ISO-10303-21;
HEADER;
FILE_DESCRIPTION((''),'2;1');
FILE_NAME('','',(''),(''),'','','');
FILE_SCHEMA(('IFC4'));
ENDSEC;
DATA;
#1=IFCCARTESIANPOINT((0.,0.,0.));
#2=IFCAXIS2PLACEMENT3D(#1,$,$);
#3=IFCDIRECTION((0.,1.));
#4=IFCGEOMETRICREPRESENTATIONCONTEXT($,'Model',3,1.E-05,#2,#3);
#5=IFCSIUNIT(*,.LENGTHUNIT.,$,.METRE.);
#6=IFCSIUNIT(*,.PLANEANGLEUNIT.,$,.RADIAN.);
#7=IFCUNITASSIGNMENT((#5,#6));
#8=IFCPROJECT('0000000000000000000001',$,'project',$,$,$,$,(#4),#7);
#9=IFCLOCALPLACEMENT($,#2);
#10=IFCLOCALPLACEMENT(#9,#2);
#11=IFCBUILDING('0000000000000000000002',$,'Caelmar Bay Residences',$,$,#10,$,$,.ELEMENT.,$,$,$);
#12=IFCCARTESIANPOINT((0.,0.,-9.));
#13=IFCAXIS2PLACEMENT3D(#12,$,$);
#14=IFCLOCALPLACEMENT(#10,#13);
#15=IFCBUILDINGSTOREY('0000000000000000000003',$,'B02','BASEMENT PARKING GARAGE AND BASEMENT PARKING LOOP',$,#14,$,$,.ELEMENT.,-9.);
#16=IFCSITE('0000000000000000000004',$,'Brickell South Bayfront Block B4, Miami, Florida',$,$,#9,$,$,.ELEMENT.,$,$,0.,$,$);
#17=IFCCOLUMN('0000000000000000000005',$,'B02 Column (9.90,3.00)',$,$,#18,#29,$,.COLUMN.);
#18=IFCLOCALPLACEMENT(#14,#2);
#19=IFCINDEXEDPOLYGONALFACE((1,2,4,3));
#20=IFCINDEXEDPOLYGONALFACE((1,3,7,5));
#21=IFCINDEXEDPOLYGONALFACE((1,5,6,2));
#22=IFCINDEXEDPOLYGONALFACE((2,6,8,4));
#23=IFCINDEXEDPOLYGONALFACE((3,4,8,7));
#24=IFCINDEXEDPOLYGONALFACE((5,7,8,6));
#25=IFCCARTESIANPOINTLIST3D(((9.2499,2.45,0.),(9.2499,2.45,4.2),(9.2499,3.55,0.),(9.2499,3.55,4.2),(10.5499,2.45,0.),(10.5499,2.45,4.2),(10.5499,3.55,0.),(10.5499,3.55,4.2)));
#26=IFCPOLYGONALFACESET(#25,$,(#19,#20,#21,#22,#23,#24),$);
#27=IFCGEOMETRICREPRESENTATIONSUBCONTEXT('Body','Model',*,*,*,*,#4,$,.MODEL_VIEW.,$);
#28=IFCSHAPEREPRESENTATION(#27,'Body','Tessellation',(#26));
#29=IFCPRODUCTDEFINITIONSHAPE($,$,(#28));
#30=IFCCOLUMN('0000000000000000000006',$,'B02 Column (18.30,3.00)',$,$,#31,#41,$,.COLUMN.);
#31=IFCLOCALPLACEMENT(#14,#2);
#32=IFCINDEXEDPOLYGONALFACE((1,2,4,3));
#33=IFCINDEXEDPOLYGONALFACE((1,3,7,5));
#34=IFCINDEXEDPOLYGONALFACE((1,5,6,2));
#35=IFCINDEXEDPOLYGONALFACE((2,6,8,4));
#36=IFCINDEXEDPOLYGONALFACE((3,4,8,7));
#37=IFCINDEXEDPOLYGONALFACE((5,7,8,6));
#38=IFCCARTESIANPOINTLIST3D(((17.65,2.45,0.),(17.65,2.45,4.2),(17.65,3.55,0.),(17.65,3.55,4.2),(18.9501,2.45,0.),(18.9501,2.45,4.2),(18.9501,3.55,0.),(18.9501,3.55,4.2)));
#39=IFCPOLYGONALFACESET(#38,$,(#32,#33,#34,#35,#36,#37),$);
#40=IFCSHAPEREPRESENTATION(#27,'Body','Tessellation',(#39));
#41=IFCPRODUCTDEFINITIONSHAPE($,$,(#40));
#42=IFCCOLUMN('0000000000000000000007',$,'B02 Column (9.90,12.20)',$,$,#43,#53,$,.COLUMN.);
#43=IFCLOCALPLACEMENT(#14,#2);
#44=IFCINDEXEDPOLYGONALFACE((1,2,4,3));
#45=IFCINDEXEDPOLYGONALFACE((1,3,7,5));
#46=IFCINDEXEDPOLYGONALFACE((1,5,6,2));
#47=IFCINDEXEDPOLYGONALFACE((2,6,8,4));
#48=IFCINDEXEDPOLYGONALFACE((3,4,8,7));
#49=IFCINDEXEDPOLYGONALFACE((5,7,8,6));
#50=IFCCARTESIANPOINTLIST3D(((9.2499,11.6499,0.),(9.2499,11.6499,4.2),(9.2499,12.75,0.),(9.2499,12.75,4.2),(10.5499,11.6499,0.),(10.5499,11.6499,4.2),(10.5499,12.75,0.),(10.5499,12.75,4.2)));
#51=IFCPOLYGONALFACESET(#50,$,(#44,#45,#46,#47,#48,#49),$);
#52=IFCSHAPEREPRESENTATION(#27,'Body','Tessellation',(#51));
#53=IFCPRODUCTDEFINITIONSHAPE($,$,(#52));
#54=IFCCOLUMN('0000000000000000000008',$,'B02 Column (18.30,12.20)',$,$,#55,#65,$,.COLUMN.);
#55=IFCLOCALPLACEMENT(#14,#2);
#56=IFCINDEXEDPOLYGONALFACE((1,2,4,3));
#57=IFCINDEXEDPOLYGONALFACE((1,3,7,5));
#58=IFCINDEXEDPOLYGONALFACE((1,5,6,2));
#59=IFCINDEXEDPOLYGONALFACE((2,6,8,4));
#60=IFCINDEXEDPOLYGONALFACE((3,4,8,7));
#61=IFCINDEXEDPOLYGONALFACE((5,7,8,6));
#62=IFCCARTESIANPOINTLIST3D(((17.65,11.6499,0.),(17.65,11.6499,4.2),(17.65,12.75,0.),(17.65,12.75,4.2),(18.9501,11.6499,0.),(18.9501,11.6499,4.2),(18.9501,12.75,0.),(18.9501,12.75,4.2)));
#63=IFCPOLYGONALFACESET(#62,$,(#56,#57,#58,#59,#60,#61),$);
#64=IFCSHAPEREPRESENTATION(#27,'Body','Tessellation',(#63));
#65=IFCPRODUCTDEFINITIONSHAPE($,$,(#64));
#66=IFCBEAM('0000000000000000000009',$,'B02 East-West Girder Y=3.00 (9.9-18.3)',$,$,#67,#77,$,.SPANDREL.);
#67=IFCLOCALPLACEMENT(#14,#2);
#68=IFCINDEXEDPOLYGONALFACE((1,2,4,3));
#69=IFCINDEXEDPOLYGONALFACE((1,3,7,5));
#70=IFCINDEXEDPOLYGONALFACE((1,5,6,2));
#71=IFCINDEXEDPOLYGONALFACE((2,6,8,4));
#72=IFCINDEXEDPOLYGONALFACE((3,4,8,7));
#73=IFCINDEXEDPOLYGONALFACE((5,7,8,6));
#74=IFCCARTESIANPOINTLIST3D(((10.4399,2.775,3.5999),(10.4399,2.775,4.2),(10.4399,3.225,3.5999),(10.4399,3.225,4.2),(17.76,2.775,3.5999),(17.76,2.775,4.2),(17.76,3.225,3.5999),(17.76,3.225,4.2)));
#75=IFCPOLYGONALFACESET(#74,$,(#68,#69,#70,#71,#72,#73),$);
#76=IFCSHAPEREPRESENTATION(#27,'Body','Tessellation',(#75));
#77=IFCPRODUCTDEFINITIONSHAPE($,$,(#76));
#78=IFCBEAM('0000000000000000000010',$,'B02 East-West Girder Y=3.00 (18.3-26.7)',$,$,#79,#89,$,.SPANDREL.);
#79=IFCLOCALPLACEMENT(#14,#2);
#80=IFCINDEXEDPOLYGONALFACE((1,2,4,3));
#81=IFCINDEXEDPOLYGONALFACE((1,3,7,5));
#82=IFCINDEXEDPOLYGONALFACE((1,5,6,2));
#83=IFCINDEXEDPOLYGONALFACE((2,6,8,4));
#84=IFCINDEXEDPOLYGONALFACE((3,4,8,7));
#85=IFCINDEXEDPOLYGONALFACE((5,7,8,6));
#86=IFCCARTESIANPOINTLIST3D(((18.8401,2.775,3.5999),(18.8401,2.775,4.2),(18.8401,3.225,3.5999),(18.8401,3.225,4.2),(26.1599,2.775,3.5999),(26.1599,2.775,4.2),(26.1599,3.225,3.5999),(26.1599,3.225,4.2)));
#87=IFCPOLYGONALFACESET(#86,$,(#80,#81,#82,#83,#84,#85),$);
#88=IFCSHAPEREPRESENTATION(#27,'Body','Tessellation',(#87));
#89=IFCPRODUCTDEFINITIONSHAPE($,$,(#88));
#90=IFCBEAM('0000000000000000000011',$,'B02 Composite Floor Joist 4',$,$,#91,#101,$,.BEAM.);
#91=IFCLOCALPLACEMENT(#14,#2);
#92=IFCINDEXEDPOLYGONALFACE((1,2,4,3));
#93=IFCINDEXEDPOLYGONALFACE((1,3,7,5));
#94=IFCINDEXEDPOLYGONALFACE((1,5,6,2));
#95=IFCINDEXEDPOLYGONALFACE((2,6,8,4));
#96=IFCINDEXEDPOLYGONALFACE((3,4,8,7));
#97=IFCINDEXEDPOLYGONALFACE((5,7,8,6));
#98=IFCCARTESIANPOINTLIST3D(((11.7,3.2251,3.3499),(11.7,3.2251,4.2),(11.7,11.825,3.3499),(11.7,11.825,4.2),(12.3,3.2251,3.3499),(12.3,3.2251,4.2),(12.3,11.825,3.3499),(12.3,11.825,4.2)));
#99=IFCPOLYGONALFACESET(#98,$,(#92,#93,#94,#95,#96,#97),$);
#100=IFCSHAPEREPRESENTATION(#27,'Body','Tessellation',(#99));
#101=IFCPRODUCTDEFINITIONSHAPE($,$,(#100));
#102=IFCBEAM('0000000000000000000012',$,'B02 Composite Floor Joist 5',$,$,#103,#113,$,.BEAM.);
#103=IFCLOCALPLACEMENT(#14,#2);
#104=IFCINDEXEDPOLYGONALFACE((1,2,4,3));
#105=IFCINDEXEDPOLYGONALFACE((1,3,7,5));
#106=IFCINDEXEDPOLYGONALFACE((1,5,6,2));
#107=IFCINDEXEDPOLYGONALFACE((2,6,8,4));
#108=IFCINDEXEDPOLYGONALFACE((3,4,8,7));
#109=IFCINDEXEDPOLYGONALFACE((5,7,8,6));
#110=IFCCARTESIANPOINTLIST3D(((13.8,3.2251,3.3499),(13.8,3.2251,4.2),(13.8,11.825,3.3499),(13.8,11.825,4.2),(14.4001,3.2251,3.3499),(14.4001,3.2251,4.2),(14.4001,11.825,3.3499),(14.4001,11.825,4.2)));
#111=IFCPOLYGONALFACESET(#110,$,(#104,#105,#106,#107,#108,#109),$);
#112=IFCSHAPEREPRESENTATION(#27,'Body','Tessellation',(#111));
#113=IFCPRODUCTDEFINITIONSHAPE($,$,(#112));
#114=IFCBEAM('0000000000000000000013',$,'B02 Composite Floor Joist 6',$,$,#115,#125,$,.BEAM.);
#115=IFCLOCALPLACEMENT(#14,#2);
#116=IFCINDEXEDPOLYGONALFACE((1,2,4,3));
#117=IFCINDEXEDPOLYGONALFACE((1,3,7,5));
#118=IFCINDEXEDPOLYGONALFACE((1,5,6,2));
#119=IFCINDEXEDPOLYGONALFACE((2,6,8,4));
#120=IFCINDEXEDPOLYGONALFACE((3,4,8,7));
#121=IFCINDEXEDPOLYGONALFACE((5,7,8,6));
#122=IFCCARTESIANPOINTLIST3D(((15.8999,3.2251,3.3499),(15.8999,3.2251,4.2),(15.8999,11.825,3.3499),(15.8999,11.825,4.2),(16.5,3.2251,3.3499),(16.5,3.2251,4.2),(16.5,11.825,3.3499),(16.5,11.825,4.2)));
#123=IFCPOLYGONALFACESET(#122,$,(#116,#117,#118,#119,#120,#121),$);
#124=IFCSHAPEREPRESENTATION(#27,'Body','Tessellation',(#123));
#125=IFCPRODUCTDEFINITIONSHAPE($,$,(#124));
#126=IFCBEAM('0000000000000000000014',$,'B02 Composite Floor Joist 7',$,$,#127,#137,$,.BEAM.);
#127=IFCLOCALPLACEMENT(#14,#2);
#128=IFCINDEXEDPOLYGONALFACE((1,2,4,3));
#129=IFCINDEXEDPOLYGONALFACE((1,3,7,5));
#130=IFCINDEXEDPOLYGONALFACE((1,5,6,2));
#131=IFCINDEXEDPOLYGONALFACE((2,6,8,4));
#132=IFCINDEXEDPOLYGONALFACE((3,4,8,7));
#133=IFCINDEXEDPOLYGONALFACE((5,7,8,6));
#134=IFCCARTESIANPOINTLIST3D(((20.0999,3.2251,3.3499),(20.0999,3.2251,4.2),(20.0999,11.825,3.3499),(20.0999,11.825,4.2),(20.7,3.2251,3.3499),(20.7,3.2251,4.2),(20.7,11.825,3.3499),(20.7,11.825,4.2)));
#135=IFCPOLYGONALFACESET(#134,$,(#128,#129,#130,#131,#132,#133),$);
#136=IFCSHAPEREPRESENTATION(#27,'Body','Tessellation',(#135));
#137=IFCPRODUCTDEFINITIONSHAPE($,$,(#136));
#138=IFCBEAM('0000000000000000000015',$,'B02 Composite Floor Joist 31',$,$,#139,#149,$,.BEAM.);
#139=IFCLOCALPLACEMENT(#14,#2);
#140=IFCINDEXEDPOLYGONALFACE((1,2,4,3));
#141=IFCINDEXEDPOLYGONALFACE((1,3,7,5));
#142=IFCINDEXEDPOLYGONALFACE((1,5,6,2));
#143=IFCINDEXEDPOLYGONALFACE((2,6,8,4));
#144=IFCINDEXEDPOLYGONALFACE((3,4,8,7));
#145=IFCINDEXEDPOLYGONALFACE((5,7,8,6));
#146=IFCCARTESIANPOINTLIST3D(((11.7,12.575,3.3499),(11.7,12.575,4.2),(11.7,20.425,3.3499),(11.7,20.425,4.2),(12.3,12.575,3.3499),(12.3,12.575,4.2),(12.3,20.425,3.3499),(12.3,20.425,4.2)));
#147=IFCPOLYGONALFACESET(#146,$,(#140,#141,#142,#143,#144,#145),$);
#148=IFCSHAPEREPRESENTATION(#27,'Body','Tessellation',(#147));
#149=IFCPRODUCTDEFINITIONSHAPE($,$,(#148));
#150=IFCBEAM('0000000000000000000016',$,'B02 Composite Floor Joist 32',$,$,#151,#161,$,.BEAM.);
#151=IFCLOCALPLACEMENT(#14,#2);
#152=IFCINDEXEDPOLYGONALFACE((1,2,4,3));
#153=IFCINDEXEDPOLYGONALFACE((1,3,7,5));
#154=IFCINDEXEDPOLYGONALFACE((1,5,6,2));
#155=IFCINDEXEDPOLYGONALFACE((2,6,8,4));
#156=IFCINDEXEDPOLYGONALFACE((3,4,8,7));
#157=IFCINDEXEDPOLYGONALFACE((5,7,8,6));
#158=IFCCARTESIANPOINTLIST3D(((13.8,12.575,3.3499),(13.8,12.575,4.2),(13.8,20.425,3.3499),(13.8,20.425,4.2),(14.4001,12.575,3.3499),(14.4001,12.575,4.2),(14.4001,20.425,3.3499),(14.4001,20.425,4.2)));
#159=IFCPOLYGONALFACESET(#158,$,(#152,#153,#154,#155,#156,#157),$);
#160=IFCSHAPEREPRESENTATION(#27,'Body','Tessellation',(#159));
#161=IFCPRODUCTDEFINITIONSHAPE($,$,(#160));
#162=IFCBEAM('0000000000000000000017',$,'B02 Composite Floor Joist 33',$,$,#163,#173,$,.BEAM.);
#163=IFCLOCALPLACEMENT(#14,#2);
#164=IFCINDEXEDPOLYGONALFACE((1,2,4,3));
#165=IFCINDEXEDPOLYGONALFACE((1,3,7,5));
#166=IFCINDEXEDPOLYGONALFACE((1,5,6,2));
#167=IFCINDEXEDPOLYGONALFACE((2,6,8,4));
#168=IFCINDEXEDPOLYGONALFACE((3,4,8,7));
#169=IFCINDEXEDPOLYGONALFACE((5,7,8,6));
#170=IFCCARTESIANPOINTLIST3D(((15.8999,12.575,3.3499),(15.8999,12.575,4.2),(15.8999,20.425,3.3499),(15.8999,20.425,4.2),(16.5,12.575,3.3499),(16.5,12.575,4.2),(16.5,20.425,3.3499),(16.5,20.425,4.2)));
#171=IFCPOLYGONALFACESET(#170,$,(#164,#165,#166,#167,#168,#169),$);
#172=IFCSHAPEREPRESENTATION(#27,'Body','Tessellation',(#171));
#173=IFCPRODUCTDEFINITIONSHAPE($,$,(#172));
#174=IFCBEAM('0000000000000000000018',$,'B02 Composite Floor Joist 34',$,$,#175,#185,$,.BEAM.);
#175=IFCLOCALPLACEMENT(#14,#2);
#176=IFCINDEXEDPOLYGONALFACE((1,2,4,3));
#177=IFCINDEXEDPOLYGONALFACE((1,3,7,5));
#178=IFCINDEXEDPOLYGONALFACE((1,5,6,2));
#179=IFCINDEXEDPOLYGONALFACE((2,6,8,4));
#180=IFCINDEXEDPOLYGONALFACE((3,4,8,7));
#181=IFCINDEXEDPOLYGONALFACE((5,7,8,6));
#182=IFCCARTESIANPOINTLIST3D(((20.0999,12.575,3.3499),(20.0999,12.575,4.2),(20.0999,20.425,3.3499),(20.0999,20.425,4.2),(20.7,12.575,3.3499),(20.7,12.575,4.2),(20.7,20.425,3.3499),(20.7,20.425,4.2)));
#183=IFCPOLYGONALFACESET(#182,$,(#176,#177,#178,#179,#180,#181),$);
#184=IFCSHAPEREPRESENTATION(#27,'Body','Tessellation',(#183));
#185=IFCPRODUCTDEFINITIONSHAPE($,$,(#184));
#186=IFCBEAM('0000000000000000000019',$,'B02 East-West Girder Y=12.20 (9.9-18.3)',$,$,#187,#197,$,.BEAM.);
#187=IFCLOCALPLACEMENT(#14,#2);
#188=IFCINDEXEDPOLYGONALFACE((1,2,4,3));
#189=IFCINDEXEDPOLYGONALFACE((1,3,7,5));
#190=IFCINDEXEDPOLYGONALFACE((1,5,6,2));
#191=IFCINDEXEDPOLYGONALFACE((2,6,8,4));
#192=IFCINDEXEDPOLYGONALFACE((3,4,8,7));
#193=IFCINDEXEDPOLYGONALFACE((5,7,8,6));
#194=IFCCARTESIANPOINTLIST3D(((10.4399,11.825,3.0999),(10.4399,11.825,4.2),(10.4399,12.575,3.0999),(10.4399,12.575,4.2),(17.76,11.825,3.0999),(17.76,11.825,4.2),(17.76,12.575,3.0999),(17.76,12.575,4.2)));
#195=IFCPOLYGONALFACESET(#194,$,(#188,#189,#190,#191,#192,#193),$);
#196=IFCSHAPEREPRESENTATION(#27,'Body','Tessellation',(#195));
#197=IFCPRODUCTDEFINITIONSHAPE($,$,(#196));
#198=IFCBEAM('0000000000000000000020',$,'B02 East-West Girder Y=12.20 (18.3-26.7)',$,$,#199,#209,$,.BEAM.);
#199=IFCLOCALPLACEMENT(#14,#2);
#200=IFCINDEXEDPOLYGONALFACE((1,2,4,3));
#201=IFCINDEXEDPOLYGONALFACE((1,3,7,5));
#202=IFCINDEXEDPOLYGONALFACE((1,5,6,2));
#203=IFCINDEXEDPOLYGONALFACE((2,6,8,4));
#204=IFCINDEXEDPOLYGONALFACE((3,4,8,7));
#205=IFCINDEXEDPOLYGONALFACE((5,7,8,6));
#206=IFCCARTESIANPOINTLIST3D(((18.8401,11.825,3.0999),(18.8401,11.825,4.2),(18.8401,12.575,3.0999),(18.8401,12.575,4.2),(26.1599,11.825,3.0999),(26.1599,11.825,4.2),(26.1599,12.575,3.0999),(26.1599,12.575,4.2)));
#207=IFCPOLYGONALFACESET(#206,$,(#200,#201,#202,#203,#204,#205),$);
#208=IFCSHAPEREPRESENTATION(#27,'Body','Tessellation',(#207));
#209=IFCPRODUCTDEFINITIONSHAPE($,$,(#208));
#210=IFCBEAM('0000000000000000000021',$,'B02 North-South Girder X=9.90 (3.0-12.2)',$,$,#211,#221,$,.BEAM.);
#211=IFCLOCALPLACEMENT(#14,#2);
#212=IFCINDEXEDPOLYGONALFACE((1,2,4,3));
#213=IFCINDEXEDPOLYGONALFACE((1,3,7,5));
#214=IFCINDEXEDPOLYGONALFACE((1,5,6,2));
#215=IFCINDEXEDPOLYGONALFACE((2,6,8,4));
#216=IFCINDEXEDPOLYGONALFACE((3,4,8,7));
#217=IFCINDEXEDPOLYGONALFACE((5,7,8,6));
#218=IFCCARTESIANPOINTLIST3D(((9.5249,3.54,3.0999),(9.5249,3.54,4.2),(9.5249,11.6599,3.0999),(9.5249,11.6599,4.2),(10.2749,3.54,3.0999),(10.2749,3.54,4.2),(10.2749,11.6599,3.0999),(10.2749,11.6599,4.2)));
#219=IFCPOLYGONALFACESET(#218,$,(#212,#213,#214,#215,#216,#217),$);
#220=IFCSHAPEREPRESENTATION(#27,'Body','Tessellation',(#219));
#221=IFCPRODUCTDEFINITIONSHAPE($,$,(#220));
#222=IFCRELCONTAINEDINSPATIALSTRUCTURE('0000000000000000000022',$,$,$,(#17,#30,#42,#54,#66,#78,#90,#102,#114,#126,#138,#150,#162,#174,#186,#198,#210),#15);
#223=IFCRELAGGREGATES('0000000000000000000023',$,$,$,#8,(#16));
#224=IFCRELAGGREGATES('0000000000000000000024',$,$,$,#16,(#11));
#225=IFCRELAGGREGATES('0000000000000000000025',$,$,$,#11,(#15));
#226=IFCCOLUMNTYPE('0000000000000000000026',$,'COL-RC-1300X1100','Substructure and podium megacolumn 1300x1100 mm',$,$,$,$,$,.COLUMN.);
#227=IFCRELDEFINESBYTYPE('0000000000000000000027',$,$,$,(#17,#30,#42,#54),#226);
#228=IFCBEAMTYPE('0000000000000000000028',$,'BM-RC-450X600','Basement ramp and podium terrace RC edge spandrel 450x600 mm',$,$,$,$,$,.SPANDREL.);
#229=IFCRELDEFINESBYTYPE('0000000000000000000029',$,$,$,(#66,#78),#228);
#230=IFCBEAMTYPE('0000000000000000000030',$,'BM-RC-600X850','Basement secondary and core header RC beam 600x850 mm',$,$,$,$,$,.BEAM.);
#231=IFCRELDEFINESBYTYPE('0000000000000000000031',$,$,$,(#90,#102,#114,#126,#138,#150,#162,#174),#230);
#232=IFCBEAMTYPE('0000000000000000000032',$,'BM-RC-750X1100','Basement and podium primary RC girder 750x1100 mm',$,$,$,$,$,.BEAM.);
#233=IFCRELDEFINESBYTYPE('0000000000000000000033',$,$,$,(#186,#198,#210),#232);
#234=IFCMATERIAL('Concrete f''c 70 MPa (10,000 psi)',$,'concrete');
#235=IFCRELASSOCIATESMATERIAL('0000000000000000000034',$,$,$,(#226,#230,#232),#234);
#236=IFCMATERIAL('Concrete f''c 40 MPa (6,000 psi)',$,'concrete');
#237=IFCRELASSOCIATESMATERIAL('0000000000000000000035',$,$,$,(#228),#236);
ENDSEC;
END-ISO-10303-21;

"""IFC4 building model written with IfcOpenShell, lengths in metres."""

from ifc_helpers import new_model, si_unit, direction, frame, origin, origin_2d, place, context, subcontext, project, spatial, rectangle, extrude, material, material_profile, profile_set, type_object, element, save


model = new_model("IFC4")

# Units and contexts
model_context = context("Model", 3, precision=1e-05, world=origin(), true_north=direction((0.0, 1.0)))
body_context = subcontext(model_context, "Body", "Model", "MODEL_VIEW")
ifc_project = project(units=[si_unit("LENGTHUNIT", "METRE"), si_unit("PLANEANGLEUNIT", "RADIAN")], contexts=[model_context])

# Site, building, storey
site_placement = place(None, origin())
site = spatial("IfcSite", under=ifc_project, at=site_placement, Name="Brickell South Bayfront Block B4, Miami, Florida", CompositionType="ELEMENT", RefElevation=0.0)
building_placement = place(site_placement, origin())
building = spatial("IfcBuilding", under=site, at=building_placement, Name="Caelmar Bay Residences", CompositionType="ELEMENT")
storey_placement = place(building_placement, frame((0.0, 0.0, -9.0)))
storey = spatial("IfcBuildingStorey", under=building, at=storey_placement, Name="B02", Description="BASEMENT PARKING GARAGE AND BASEMENT PARKING LOOP", CompositionType="ELEMENT", Elevation=-9.0)

# Columns
ifc_material_1 = material(Name="Concrete f'c 70 MPa (10,000 psi)", Category="concrete")
ifc_material_profile_1 = material_profile(ifc_material_1, rectangle(XDim=1.3, YDim=1.1001, at=origin_2d()), Name="RC-COL-1300X1100")
ifc_profile_set_1 = profile_set([ifc_material_profile_1], Name="Concrete f'c 70 MPa (10,000 psi)")
column_type = type_object("IfcColumnType", Name="COL-RC-1300X1100", Description="Substructure and podium megacolumn 1300x1100 mm", PredefinedType="COLUMN", material=ifc_profile_set_1)
for number, where, z_axis, x_axis, name in (
    (1, (9.8999, 3.0, 0.0), (0.0, 0.0, 1.0), (1.0, 0.0, 0.0), "B02 Column (9.90,3.00)"),
    (2, (18.3, 3.0, 0.0), (0.0, 0.0, 1.0), (1.0, 0.0, 0.0), "B02 Column (18.30,3.00)"),
    (3, (9.8999, 12.2, 0.0), (0.0, 0.0, 1.0), (1.0, 0.0, 0.0), "B02 Column (9.90,12.20)"),
    (4, (18.3, 12.2, 0.0), (0.0, 0.0, 1.0), (1.0, 0.0, 0.0), "B02 Column (18.30,12.20)"),
):
    element("IfcColumn", number, at=place(storey_placement, frame(where, z_axis=z_axis, x_axis=x_axis)), inside=storey, type_object=column_type, Name=name, PredefinedType="COLUMN", context=body_context, shape_type="SweptSolid", body=[
        extrude(rectangle(XDim=1.3, YDim=1.1001, at=origin_2d()), origin(), (0.0, 0.0, 1.0), 4.2),
    ])

# Beams
ifc_material_2 = material(Name="Concrete f'c 40 MPa (6,000 psi)", Category="concrete")
ifc_material_profile_2 = material_profile(ifc_material_2, rectangle(XDim=0.45, YDim=0.6001, at=origin_2d()), Name="RC-BM-450X600")
ifc_profile_set_2 = profile_set([ifc_material_profile_2], Name="Concrete f'c 40 MPa (6,000 psi)")
beam_type_1 = type_object("IfcBeamType", Name="BM-RC-450X600", Description="Basement ramp and podium terrace RC edge spandrel 450x600 mm", PredefinedType="SPANDREL", material=ifc_profile_set_2)
beam_1_placement = place(storey_placement, frame((10.4399, 3.0, 3.8999), z_axis=(1.0, 0.0, 0.0), x_axis=(0.0, 1.0, 0.0)))
element("IfcBeam", 5, at=beam_1_placement, inside=storey, type_object=beam_type_1, Name="B02 East-West Girder Y=3.00 (9.9-18.3)", PredefinedType="SPANDREL", context=body_context, shape_type="SweptSolid", body=[
    extrude(rectangle(XDim=0.45, YDim=0.6001, at=origin_2d()), origin(), (0.0, 0.0, 1.0), 7.3201),
])
beam_2_placement = place(storey_placement, frame((18.8401, 3.0, 3.8999), z_axis=(1.0, 0.0, 0.0), x_axis=(0.0, 1.0, 0.0)))
element("IfcBeam", 6, at=beam_2_placement, inside=storey, type_object=beam_type_1, Name="B02 East-West Girder Y=3.00 (18.3-26.7)", PredefinedType="SPANDREL", context=body_context, shape_type="SweptSolid", body=[
    extrude(rectangle(XDim=0.45, YDim=0.6001, at=origin_2d()), origin(), (0.0, 0.0, 1.0), 7.3198),
])
ifc_material_profile_3 = material_profile(ifc_material_1, rectangle(XDim=0.6001, YDim=0.8501, at=origin_2d()), Name="RC-BM-600X850")
ifc_profile_set_3 = profile_set([ifc_material_profile_3], Name="Concrete f'c 70 MPa (10,000 psi)")
beam_type_2 = type_object("IfcBeamType", Name="BM-RC-600X850", Description="Basement secondary and core header RC beam 600x850 mm", PredefinedType="BEAM", material=ifc_profile_set_3)
for number, where, z_axis, x_axis, name in (
    (7, (12.0, 3.2251, 3.7749), (0.0, 1.0, 0.0), (-1.0, 0.0, 0.0), "B02 Composite Floor Joist 4"),
    (8, (14.1001, 3.2251, 3.7749), (0.0, 1.0, 0.0), (-1.0, 0.0, 0.0), "B02 Composite Floor Joist 5"),
    (9, (16.2, 3.2251, 3.7749), (0.0, 1.0, 0.0), (-1.0, 0.0, 0.0), "B02 Composite Floor Joist 6"),
    (10, (20.3999, 3.2251, 3.7749), (0.0, 1.0, 0.0), (-1.0, 0.0, 0.0), "B02 Composite Floor Joist 7"),
):
    element("IfcBeam", number, at=place(storey_placement, frame(where, z_axis=z_axis, x_axis=x_axis)), inside=storey, type_object=beam_type_2, Name=name, PredefinedType="BEAM", context=body_context, shape_type="SweptSolid", body=[
        extrude(rectangle(XDim=0.6001, YDim=0.8501, at=origin_2d()), origin(), (0.0, 0.0, 1.0), 8.5999),
    ])
for number, where, z_axis, x_axis, name in (
    (11, (12.0, 12.575, 3.7749), (0.0, 1.0, 0.0), (-1.0, 0.0, 0.0), "B02 Composite Floor Joist 31"),
    (12, (14.1001, 12.575, 3.7749), (0.0, 1.0, 0.0), (-1.0, 0.0, 0.0), "B02 Composite Floor Joist 32"),
    (13, (16.2, 12.575, 3.7749), (0.0, 1.0, 0.0), (-1.0, 0.0, 0.0), "B02 Composite Floor Joist 33"),
    (14, (20.3999, 12.575, 3.7749), (0.0, 1.0, 0.0), (-1.0, 0.0, 0.0), "B02 Composite Floor Joist 34"),
):
    element("IfcBeam", number, at=place(storey_placement, frame(where, z_axis=z_axis, x_axis=x_axis)), inside=storey, type_object=beam_type_2, Name=name, PredefinedType="BEAM", context=body_context, shape_type="SweptSolid", body=[
        extrude(rectangle(XDim=0.6001, YDim=0.8501, at=origin_2d()), origin(), (0.0, 0.0, 1.0), 7.8501),
    ])
ifc_material_profile_4 = material_profile(ifc_material_1, rectangle(XDim=0.75, YDim=1.1001, at=origin_2d()), Name="RC-BM-750X1100")
ifc_profile_set_4 = profile_set([ifc_material_profile_4], Name="Concrete f'c 70 MPa (10,000 psi)")
beam_type_3 = type_object("IfcBeamType", Name="BM-RC-750X1100", Description="Basement and podium primary RC girder 750x1100 mm", PredefinedType="BEAM", material=ifc_profile_set_4)
beam_3_placement = place(storey_placement, frame((10.4399, 12.2, 3.6499), z_axis=(1.0, 0.0, 0.0), x_axis=(0.0, 1.0, 0.0)))
element("IfcBeam", 15, at=beam_3_placement, inside=storey, type_object=beam_type_3, Name="B02 East-West Girder Y=12.20 (9.9-18.3)", PredefinedType="BEAM", context=body_context, shape_type="SweptSolid", body=[
    extrude(rectangle(XDim=0.75, YDim=1.1001, at=origin_2d()), origin(), (0.0, 0.0, 1.0), 7.3201),
])
beam_4_placement = place(storey_placement, frame((18.8401, 12.2, 3.6499), z_axis=(1.0, 0.0, 0.0), x_axis=(0.0, 1.0, 0.0)))
element("IfcBeam", 16, at=beam_4_placement, inside=storey, type_object=beam_type_3, Name="B02 East-West Girder Y=12.20 (18.3-26.7)", PredefinedType="BEAM", context=body_context, shape_type="SweptSolid", body=[
    extrude(rectangle(XDim=0.75, YDim=1.1001, at=origin_2d()), origin(), (0.0, 0.0, 1.0), 7.3198),
])
beam_5_placement = place(storey_placement, frame((9.8999, 3.54, 3.6499), z_axis=(0.0, 1.0, 0.0), x_axis=(-1.0, 0.0, 0.0)))
element("IfcBeam", 17, at=beam_5_placement, inside=storey, type_object=beam_type_3, Name="B02 North-South Girder X=9.90 (3.0-12.2)", PredefinedType="BEAM", context=body_context, shape_type="SweptSolid", body=[
    extrude(rectangle(XDim=0.75, YDim=1.1001, at=origin_2d()), origin(), (0.0, 0.0, 1.0), 8.1199),
])

save(model, "model.ifc")
